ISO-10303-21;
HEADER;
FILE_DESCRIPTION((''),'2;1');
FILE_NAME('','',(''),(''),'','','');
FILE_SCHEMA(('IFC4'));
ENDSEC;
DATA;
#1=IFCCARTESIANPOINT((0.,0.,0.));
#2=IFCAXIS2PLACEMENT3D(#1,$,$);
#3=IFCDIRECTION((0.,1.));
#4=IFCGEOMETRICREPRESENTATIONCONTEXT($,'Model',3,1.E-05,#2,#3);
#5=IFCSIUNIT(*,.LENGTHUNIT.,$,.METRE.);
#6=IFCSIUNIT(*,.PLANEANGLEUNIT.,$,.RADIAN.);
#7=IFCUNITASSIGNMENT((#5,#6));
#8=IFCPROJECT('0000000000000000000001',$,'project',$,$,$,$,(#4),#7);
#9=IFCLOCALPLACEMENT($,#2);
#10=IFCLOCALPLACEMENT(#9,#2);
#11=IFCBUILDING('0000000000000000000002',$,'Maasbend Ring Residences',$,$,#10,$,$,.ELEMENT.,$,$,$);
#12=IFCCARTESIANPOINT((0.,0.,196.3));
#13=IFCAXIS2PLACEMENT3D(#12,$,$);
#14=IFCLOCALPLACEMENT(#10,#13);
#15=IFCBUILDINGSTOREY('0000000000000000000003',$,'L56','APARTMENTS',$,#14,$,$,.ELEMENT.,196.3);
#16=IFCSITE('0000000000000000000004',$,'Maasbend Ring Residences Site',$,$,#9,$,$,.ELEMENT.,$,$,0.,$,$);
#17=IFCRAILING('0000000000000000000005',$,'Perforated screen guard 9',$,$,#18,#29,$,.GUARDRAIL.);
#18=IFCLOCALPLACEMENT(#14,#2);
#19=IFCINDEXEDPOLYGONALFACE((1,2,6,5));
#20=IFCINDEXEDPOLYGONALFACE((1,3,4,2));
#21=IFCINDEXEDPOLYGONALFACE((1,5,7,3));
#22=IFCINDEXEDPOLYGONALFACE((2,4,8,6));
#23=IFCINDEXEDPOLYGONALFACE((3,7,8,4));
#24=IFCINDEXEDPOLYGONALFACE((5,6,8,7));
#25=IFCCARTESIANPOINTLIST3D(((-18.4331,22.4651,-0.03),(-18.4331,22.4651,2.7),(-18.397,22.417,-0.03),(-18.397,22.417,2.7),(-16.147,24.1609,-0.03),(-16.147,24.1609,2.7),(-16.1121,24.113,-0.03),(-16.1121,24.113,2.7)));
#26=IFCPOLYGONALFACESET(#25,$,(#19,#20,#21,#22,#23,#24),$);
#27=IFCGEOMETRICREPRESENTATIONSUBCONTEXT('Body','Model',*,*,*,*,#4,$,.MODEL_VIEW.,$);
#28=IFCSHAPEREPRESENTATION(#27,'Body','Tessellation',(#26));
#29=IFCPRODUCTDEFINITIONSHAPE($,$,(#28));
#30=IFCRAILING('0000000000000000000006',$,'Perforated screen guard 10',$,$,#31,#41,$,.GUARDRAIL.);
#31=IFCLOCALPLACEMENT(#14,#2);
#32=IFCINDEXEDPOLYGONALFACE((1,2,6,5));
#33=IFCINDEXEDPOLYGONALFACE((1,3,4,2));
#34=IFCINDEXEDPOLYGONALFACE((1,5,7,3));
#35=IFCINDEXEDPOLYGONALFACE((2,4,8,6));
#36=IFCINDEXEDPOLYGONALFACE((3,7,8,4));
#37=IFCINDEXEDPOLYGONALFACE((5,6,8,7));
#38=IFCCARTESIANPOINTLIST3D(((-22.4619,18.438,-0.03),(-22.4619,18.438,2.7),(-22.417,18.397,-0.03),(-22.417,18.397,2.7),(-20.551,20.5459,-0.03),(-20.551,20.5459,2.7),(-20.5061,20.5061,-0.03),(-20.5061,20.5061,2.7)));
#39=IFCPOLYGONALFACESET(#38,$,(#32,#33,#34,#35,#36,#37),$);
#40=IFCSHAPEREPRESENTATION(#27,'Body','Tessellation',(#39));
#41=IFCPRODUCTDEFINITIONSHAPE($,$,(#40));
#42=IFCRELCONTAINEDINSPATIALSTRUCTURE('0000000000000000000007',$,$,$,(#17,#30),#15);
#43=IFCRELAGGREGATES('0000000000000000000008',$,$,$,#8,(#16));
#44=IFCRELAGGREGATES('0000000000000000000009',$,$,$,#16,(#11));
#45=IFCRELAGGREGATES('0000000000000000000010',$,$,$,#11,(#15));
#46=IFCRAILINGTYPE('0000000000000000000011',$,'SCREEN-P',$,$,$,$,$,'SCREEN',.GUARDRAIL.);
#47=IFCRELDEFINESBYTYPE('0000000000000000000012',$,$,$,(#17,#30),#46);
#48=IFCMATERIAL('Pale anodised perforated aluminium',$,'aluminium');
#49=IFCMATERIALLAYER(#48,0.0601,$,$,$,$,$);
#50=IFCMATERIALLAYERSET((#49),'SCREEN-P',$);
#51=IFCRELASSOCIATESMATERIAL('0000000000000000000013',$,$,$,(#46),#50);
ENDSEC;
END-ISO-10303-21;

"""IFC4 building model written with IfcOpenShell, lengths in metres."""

from ifc_helpers import new_model, si_unit, direction, frame, origin, place, context, subcontext, project, spatial, polyline, outline, extrude, material, layer, layer_set, type_object, element, save


model = new_model("IFC4")

# Units and contexts
model_context = context("Model", 3, precision=1e-05, world=origin(), true_north=direction((0.0, 1.0)))
body_context = subcontext(model_context, "Body", "Model", "MODEL_VIEW")
ifc_project = project(units=[si_unit("LENGTHUNIT", "METRE"), si_unit("PLANEANGLEUNIT", "RADIAN")], contexts=[model_context])

# Site, building, storey
site_placement = place(None, origin())
site = spatial("IfcSite", under=ifc_project, at=site_placement, Name="Maasbend Ring Residences Site", CompositionType="ELEMENT", RefElevation=0.0)
building_placement = place(site_placement, origin())
building = spatial("IfcBuilding", under=site, at=building_placement, Name="Maasbend Ring Residences", CompositionType="ELEMENT")
storey_placement = place(building_placement, frame((0.0, 0.0, 196.3)))
storey = spatial("IfcBuildingStorey", under=building, at=storey_placement, Name="L56", Description="APARTMENTS", CompositionType="ELEMENT", Elevation=196.3)

# Railings
ifc_material_1 = material(Name="Pale anodised perforated aluminium", Category="aluminium")
ifc_layer_1 = layer(ifc_material_1, 0.0601)
ifc_layer_set_1 = layer_set([ifc_layer_1], Name="SCREEN-P")
railing_type = type_object("IfcRailingType", Name="SCREEN-P", ElementType="SCREEN", PredefinedType="GUARDRAIL", material=ifc_layer_set_1)
railing_1_placement = place(storey_placement, frame((0.0, 0.0, -0.03)))
element("IfcRailing", 1, at=railing_1_placement, inside=storey, type_object=railing_type, Name="Perforated screen guard 9", PredefinedType="GUARDRAIL", context=body_context, shape_type="SweptSolid", body=[
    extrude(outline(polyline([(-16.1121, 24.113), (-18.397, 22.417), (-18.4331, 22.4651), (-16.147, 24.1609), (-16.1121, 24.113)])), origin(), (0.0, 0.0, 1.0), 2.73),
])
railing_2_placement = place(storey_placement, frame((0.0, 0.0, -0.03)))
element("IfcRailing", 2, at=railing_2_placement, inside=storey, type_object=railing_type, Name="Perforated screen guard 10", PredefinedType="GUARDRAIL", context=body_context, shape_type="SweptSolid", body=[
    extrude(outline(polyline([(-20.5061, 20.5061), (-22.417, 18.397), (-22.4619, 18.438), (-20.551, 20.5459), (-20.5061, 20.5061)])), origin(), (0.0, 0.0, 1.0), 2.73),
])

save(model, "model.ifc")
